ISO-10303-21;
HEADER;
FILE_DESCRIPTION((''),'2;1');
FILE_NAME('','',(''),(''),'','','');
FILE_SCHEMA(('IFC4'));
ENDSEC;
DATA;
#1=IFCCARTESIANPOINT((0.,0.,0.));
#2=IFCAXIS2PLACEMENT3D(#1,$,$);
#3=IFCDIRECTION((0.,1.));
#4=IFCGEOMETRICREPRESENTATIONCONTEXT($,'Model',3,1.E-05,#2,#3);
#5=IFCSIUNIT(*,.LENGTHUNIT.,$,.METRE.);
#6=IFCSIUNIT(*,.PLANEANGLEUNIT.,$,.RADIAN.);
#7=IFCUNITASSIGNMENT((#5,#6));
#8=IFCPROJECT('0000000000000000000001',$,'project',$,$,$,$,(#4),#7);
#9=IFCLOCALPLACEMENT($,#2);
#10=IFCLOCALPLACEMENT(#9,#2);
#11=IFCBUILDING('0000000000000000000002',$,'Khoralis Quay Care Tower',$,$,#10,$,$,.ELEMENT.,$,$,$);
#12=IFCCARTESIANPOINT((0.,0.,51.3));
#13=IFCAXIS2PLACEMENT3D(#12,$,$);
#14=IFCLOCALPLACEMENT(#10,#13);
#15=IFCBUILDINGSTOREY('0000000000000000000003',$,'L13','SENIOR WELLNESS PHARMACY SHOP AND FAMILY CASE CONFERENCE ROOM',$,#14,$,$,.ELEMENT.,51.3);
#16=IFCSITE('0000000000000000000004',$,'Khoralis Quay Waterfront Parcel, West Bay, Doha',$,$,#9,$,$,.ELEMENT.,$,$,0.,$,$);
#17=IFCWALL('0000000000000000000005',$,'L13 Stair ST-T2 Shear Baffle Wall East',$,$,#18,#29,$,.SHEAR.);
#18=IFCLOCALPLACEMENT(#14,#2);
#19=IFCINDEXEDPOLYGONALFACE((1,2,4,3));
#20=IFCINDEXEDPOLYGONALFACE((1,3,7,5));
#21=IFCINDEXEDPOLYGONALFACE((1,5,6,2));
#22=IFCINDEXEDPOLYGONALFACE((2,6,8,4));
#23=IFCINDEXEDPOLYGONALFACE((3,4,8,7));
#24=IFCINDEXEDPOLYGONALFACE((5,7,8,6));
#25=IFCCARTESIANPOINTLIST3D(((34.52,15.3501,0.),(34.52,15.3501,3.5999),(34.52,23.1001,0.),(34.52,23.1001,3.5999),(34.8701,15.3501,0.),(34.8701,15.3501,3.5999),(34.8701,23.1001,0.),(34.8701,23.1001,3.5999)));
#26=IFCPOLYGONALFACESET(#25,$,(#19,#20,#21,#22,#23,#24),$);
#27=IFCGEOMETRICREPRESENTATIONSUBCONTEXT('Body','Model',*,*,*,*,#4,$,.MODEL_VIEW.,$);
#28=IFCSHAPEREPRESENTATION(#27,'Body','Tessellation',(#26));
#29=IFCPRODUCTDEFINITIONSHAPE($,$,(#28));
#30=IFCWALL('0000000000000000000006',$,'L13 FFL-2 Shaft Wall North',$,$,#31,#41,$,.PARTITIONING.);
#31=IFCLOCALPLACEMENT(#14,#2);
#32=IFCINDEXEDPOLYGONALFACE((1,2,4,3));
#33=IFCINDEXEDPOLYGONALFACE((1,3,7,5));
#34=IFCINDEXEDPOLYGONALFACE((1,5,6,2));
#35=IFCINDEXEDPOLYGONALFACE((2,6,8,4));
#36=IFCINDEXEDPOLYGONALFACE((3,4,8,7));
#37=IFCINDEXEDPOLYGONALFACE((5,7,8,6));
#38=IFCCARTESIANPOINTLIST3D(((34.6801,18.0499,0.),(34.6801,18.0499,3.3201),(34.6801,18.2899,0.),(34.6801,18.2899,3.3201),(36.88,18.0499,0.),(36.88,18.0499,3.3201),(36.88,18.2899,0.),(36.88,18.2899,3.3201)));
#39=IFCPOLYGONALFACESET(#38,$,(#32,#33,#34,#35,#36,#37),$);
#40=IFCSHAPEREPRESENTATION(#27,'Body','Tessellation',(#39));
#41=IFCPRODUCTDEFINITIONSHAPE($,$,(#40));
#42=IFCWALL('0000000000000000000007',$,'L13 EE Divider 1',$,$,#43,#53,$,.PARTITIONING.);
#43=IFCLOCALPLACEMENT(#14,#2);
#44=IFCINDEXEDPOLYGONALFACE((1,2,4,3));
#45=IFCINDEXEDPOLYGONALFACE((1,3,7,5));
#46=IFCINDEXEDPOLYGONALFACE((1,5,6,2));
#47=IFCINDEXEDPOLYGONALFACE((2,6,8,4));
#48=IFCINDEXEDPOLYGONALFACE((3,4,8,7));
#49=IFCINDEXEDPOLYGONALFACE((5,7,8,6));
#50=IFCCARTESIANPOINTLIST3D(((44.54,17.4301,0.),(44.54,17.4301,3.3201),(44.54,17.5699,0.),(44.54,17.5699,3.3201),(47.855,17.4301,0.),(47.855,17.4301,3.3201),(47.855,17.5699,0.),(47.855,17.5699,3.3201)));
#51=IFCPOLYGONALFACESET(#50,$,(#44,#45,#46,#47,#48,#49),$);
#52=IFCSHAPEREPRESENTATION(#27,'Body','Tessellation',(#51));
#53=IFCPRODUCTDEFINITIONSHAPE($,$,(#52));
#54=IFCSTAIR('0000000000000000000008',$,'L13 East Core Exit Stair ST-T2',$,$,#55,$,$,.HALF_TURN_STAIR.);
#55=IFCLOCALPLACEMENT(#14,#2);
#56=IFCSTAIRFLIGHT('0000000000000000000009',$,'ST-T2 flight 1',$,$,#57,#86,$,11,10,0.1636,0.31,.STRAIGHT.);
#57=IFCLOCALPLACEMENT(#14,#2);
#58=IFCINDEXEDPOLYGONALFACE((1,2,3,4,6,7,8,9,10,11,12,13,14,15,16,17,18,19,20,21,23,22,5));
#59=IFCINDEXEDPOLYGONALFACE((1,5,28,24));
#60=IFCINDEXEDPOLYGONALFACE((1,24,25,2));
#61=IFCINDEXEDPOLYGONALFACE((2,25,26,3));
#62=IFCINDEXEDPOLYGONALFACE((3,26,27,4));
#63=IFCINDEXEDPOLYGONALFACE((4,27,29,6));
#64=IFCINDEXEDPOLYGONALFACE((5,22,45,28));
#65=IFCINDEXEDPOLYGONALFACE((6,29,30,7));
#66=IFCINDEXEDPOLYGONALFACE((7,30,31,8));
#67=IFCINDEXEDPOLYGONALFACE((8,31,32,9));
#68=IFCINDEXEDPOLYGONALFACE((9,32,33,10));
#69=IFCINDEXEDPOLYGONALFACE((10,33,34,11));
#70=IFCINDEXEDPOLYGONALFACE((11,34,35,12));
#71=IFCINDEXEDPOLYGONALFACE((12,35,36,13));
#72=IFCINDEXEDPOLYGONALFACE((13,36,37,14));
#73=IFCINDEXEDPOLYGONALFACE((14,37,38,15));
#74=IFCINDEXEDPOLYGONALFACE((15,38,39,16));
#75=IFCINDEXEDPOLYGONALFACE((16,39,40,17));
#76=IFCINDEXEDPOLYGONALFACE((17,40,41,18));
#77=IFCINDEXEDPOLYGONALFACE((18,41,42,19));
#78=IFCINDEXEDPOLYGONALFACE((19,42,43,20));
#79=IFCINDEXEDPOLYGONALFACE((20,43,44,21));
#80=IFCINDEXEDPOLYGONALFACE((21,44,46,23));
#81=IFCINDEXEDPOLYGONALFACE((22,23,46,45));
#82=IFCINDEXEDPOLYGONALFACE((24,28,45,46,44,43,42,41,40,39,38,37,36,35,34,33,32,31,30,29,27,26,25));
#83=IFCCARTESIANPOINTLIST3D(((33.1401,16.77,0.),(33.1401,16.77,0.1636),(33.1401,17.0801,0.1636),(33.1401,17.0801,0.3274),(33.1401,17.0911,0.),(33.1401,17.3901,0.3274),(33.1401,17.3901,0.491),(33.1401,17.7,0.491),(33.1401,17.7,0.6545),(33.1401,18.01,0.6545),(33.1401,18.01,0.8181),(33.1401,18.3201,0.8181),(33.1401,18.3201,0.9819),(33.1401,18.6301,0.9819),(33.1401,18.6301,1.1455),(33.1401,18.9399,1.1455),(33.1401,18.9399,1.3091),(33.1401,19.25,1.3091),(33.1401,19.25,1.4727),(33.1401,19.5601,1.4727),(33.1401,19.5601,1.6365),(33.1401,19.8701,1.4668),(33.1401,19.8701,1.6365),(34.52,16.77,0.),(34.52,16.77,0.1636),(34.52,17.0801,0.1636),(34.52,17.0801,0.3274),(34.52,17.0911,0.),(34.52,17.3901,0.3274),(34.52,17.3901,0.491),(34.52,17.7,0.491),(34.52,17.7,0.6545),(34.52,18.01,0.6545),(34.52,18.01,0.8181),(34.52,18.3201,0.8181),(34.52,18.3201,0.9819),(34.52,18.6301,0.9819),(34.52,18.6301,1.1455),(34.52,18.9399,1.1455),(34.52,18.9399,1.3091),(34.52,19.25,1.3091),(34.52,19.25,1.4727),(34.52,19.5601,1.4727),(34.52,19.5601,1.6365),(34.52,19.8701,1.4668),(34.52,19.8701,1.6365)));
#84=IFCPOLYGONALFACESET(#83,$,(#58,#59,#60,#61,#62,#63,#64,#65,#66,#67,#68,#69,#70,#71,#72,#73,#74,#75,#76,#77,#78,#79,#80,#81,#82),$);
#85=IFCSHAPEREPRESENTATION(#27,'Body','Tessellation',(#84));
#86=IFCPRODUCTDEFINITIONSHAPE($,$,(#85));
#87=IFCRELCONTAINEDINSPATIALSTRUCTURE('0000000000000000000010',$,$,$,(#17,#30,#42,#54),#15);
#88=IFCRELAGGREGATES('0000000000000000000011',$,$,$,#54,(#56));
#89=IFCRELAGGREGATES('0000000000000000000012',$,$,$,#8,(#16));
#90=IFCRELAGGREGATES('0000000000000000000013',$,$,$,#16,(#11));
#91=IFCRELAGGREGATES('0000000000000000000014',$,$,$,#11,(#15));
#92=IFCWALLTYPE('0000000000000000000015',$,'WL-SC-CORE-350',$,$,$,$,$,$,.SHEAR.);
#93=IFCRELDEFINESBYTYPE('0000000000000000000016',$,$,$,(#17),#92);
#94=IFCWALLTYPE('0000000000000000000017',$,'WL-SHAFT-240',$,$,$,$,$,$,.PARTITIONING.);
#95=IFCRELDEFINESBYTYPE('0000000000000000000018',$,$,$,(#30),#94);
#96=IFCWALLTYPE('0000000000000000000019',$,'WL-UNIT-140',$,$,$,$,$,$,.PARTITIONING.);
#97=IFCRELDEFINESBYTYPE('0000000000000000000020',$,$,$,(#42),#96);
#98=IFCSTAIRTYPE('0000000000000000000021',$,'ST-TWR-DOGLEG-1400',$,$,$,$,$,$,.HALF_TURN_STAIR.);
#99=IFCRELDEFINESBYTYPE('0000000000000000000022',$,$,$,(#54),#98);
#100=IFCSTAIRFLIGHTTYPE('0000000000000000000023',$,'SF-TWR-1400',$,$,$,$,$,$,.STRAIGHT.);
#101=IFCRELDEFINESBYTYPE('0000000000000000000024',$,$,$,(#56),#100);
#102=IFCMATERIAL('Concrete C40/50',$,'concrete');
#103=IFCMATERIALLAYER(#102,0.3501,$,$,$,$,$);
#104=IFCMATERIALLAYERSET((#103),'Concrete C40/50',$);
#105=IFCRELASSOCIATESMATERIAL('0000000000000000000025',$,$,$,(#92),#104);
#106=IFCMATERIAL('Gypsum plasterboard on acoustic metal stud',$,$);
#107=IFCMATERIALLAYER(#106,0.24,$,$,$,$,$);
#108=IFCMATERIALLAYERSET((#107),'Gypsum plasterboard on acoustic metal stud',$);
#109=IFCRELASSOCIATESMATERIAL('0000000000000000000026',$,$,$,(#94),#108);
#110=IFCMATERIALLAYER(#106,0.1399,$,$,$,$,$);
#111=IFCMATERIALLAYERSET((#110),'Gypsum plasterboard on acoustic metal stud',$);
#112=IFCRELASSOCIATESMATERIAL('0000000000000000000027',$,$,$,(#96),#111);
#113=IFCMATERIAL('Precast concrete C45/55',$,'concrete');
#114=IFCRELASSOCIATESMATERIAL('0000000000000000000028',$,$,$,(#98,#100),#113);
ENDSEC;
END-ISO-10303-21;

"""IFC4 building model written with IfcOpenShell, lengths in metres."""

from ifc_helpers import new_model, si_unit, direction, frame, frame_2d, origin, place, context, subcontext, project, spatial, polyline, rectangle, outline, extrude, source, transform, mapped, material, layer, layer_set, type_object, element, aggregate, save


model = new_model("IFC4")

# Units and contexts
model_context = context("Model", 3, precision=1e-05, world=origin(), true_north=direction((0.0, 1.0)))
body_context = subcontext(model_context, "Body", "Model", "MODEL_VIEW")
ifc_project = project(units=[si_unit("LENGTHUNIT", "METRE"), si_unit("PLANEANGLEUNIT", "RADIAN")], contexts=[model_context])

# Site, building, storey
site_placement = place(None, origin())
site = spatial("IfcSite", under=ifc_project, at=site_placement, Name="Khoralis Quay Waterfront Parcel, West Bay, Doha", CompositionType="ELEMENT", RefElevation=0.0)
building_placement = place(site_placement, origin())
building = spatial("IfcBuilding", under=site, at=building_placement, Name="Khoralis Quay Care Tower", CompositionType="ELEMENT")
storey_placement = place(building_placement, frame((0.0, 0.0, 51.3)))
storey = spatial("IfcBuildingStorey", under=building, at=storey_placement, Name="L13", Description="SENIOR WELLNESS PHARMACY SHOP AND FAMILY CASE CONFERENCE ROOM", CompositionType="ELEMENT", Elevation=51.3)

# Walls
ifc_material_1 = material(Name="Concrete C40/50", Category="concrete")
ifc_layer_1 = layer(ifc_material_1, 0.3501)
ifc_layer_set_1 = layer_set([ifc_layer_1], Name="Concrete C40/50")
wall_type_1 = type_object("IfcWallType", Name="WL-SC-CORE-350", PredefinedType="SHEAR", material=ifc_layer_set_1)
wall_1_placement = place(storey_placement, frame((34.6951, 15.3501, 0.0), z_axis=(0.0, 0.0, 1.0), x_axis=(0.0, 1.0, 0.0)))
element("IfcWall", 1, at=wall_1_placement, inside=storey, type_object=wall_type_1, Name="L13 Stair ST-T2 Shear Baffle Wall East", PredefinedType="SHEAR", context=body_context, shape_type="SweptSolid", body=[
    extrude(rectangle(XDim=7.75, YDim=0.3501, at=frame_2d((3.875, 0.0))), origin(), (0.0, 0.0, 1.0), 3.5999),
])
ifc_material_2 = material(Name="Gypsum plasterboard on acoustic metal stud")
ifc_layer_2 = layer(ifc_material_2, 0.24)
ifc_layer_set_2 = layer_set([ifc_layer_2], Name="Gypsum plasterboard on acoustic metal stud")
wall_type_2 = type_object("IfcWallType", Name="WL-SHAFT-240", PredefinedType="PARTITIONING", material=ifc_layer_set_2)
wall_2_placement = place(storey_placement, frame((34.6799, 18.1699, 0.0), z_axis=(0.0, 0.0, 1.0), x_axis=(1.0, 0.0, 0.0)))
element("IfcWall", 2, at=wall_2_placement, inside=storey, type_object=wall_type_2, Name="L13 FFL-2 Shaft Wall North", PredefinedType="PARTITIONING", context=body_context, shape_type="SweptSolid", body=[
    extrude(rectangle(XDim=2.2, YDim=0.24, at=frame_2d((1.1001, 0.0))), origin(), (0.0, 0.0, 1.0), 3.3201),
])
ifc_layer_3 = layer(ifc_material_2, 0.1399)
ifc_layer_set_3 = layer_set([ifc_layer_3], Name="Gypsum plasterboard on acoustic metal stud")
wall_type_3 = type_object("IfcWallType", Name="WL-UNIT-140", PredefinedType="PARTITIONING", material=ifc_layer_set_3)
wall_3_placement = place(storey_placement, frame((44.54, 17.5, 0.0), z_axis=(0.0, 0.0, 1.0), x_axis=(1.0, 0.0, 0.0)))
element("IfcWall", 3, at=wall_3_placement, inside=storey, type_object=wall_type_3, Name="L13 EE Divider 1", PredefinedType="PARTITIONING", context=body_context, shape_type="SweptSolid", body=[
    extrude(rectangle(XDim=3.3149, YDim=0.1399, at=frame_2d((1.6575, 0.0))), origin(), (0.0, 0.0, 1.0), 3.3201),
])

# Stair, stair flight
ifc_material_3 = material(Name="Precast concrete C45/55", Category="concrete")
stair_type = type_object("IfcStairType", Name="ST-TWR-DOGLEG-1400", PredefinedType="HALF_TURN_STAIR", material=ifc_material_3)
stair_placement = place(storey_placement, origin())
stair = element("IfcStair", 4, at=stair_placement, inside=storey, type_object=stair_type, Name="L13 East Core Exit Stair ST-T2", PredefinedType="HALF_TURN_STAIR")
stair_flight_type = type_object("IfcStairFlightType", Name="SF-TWR-1400", PredefinedType="STRAIGHT", material=ifc_material_3)
shared_shape_1 = source(origin(), body_context, "Body", "SweptSolid", [
    extrude(outline(polyline([(0.0, 0.0), (0.0, 0.1636), (0.3101, 0.1636), (0.3101, 0.3274), (0.6201, 0.3274), (0.6201, 0.491), (0.9299, 0.491), (0.9299, 0.6545), (1.24, 0.6545), (1.24, 0.8181), (1.55, 0.8181), (1.55, 0.9819), (1.8601, 0.9819), (1.8601, 1.1455), (2.1699, 1.1455), (2.1699, 1.3091), (2.48, 1.3091), (2.48, 1.4727), (2.79, 1.4727), (2.79, 1.6365), (3.1001, 1.6365), (3.1001, 1.8), (3.1001, 1.4668), (0.321, 0.0), (0.0, 0.0)])), frame((0.0, 0.6899, 0.0), z_axis=(0.0, -1.0, 0.0), x_axis=(1.0, 0.0, 0.0)), (0.0, 0.0, 1.0), 1.3799),
])
stair_flight_placement = place(storey_placement, frame((33.8301, 16.77, 0.0), z_axis=(0.0, 0.0, 1.0), x_axis=(0.0, 1.0, 0.0)))
stair_flight = element("IfcStairFlight", 5, at=stair_flight_placement, type_object=stair_flight_type, Name="ST-T2 flight 1", NumberOfRisers=11, NumberOfTreads=10, PredefinedType="STRAIGHT", RiserHeight=0.1636, TreadLength=0.31, context=body_context, shape_type="MappedRepresentation", body=[
    mapped(shared_shape_1, transform((0.0, 0.0, 0.0), scale=1.0)),
])
aggregate(stair, [stair_flight])

save(model, "model.ifc")
